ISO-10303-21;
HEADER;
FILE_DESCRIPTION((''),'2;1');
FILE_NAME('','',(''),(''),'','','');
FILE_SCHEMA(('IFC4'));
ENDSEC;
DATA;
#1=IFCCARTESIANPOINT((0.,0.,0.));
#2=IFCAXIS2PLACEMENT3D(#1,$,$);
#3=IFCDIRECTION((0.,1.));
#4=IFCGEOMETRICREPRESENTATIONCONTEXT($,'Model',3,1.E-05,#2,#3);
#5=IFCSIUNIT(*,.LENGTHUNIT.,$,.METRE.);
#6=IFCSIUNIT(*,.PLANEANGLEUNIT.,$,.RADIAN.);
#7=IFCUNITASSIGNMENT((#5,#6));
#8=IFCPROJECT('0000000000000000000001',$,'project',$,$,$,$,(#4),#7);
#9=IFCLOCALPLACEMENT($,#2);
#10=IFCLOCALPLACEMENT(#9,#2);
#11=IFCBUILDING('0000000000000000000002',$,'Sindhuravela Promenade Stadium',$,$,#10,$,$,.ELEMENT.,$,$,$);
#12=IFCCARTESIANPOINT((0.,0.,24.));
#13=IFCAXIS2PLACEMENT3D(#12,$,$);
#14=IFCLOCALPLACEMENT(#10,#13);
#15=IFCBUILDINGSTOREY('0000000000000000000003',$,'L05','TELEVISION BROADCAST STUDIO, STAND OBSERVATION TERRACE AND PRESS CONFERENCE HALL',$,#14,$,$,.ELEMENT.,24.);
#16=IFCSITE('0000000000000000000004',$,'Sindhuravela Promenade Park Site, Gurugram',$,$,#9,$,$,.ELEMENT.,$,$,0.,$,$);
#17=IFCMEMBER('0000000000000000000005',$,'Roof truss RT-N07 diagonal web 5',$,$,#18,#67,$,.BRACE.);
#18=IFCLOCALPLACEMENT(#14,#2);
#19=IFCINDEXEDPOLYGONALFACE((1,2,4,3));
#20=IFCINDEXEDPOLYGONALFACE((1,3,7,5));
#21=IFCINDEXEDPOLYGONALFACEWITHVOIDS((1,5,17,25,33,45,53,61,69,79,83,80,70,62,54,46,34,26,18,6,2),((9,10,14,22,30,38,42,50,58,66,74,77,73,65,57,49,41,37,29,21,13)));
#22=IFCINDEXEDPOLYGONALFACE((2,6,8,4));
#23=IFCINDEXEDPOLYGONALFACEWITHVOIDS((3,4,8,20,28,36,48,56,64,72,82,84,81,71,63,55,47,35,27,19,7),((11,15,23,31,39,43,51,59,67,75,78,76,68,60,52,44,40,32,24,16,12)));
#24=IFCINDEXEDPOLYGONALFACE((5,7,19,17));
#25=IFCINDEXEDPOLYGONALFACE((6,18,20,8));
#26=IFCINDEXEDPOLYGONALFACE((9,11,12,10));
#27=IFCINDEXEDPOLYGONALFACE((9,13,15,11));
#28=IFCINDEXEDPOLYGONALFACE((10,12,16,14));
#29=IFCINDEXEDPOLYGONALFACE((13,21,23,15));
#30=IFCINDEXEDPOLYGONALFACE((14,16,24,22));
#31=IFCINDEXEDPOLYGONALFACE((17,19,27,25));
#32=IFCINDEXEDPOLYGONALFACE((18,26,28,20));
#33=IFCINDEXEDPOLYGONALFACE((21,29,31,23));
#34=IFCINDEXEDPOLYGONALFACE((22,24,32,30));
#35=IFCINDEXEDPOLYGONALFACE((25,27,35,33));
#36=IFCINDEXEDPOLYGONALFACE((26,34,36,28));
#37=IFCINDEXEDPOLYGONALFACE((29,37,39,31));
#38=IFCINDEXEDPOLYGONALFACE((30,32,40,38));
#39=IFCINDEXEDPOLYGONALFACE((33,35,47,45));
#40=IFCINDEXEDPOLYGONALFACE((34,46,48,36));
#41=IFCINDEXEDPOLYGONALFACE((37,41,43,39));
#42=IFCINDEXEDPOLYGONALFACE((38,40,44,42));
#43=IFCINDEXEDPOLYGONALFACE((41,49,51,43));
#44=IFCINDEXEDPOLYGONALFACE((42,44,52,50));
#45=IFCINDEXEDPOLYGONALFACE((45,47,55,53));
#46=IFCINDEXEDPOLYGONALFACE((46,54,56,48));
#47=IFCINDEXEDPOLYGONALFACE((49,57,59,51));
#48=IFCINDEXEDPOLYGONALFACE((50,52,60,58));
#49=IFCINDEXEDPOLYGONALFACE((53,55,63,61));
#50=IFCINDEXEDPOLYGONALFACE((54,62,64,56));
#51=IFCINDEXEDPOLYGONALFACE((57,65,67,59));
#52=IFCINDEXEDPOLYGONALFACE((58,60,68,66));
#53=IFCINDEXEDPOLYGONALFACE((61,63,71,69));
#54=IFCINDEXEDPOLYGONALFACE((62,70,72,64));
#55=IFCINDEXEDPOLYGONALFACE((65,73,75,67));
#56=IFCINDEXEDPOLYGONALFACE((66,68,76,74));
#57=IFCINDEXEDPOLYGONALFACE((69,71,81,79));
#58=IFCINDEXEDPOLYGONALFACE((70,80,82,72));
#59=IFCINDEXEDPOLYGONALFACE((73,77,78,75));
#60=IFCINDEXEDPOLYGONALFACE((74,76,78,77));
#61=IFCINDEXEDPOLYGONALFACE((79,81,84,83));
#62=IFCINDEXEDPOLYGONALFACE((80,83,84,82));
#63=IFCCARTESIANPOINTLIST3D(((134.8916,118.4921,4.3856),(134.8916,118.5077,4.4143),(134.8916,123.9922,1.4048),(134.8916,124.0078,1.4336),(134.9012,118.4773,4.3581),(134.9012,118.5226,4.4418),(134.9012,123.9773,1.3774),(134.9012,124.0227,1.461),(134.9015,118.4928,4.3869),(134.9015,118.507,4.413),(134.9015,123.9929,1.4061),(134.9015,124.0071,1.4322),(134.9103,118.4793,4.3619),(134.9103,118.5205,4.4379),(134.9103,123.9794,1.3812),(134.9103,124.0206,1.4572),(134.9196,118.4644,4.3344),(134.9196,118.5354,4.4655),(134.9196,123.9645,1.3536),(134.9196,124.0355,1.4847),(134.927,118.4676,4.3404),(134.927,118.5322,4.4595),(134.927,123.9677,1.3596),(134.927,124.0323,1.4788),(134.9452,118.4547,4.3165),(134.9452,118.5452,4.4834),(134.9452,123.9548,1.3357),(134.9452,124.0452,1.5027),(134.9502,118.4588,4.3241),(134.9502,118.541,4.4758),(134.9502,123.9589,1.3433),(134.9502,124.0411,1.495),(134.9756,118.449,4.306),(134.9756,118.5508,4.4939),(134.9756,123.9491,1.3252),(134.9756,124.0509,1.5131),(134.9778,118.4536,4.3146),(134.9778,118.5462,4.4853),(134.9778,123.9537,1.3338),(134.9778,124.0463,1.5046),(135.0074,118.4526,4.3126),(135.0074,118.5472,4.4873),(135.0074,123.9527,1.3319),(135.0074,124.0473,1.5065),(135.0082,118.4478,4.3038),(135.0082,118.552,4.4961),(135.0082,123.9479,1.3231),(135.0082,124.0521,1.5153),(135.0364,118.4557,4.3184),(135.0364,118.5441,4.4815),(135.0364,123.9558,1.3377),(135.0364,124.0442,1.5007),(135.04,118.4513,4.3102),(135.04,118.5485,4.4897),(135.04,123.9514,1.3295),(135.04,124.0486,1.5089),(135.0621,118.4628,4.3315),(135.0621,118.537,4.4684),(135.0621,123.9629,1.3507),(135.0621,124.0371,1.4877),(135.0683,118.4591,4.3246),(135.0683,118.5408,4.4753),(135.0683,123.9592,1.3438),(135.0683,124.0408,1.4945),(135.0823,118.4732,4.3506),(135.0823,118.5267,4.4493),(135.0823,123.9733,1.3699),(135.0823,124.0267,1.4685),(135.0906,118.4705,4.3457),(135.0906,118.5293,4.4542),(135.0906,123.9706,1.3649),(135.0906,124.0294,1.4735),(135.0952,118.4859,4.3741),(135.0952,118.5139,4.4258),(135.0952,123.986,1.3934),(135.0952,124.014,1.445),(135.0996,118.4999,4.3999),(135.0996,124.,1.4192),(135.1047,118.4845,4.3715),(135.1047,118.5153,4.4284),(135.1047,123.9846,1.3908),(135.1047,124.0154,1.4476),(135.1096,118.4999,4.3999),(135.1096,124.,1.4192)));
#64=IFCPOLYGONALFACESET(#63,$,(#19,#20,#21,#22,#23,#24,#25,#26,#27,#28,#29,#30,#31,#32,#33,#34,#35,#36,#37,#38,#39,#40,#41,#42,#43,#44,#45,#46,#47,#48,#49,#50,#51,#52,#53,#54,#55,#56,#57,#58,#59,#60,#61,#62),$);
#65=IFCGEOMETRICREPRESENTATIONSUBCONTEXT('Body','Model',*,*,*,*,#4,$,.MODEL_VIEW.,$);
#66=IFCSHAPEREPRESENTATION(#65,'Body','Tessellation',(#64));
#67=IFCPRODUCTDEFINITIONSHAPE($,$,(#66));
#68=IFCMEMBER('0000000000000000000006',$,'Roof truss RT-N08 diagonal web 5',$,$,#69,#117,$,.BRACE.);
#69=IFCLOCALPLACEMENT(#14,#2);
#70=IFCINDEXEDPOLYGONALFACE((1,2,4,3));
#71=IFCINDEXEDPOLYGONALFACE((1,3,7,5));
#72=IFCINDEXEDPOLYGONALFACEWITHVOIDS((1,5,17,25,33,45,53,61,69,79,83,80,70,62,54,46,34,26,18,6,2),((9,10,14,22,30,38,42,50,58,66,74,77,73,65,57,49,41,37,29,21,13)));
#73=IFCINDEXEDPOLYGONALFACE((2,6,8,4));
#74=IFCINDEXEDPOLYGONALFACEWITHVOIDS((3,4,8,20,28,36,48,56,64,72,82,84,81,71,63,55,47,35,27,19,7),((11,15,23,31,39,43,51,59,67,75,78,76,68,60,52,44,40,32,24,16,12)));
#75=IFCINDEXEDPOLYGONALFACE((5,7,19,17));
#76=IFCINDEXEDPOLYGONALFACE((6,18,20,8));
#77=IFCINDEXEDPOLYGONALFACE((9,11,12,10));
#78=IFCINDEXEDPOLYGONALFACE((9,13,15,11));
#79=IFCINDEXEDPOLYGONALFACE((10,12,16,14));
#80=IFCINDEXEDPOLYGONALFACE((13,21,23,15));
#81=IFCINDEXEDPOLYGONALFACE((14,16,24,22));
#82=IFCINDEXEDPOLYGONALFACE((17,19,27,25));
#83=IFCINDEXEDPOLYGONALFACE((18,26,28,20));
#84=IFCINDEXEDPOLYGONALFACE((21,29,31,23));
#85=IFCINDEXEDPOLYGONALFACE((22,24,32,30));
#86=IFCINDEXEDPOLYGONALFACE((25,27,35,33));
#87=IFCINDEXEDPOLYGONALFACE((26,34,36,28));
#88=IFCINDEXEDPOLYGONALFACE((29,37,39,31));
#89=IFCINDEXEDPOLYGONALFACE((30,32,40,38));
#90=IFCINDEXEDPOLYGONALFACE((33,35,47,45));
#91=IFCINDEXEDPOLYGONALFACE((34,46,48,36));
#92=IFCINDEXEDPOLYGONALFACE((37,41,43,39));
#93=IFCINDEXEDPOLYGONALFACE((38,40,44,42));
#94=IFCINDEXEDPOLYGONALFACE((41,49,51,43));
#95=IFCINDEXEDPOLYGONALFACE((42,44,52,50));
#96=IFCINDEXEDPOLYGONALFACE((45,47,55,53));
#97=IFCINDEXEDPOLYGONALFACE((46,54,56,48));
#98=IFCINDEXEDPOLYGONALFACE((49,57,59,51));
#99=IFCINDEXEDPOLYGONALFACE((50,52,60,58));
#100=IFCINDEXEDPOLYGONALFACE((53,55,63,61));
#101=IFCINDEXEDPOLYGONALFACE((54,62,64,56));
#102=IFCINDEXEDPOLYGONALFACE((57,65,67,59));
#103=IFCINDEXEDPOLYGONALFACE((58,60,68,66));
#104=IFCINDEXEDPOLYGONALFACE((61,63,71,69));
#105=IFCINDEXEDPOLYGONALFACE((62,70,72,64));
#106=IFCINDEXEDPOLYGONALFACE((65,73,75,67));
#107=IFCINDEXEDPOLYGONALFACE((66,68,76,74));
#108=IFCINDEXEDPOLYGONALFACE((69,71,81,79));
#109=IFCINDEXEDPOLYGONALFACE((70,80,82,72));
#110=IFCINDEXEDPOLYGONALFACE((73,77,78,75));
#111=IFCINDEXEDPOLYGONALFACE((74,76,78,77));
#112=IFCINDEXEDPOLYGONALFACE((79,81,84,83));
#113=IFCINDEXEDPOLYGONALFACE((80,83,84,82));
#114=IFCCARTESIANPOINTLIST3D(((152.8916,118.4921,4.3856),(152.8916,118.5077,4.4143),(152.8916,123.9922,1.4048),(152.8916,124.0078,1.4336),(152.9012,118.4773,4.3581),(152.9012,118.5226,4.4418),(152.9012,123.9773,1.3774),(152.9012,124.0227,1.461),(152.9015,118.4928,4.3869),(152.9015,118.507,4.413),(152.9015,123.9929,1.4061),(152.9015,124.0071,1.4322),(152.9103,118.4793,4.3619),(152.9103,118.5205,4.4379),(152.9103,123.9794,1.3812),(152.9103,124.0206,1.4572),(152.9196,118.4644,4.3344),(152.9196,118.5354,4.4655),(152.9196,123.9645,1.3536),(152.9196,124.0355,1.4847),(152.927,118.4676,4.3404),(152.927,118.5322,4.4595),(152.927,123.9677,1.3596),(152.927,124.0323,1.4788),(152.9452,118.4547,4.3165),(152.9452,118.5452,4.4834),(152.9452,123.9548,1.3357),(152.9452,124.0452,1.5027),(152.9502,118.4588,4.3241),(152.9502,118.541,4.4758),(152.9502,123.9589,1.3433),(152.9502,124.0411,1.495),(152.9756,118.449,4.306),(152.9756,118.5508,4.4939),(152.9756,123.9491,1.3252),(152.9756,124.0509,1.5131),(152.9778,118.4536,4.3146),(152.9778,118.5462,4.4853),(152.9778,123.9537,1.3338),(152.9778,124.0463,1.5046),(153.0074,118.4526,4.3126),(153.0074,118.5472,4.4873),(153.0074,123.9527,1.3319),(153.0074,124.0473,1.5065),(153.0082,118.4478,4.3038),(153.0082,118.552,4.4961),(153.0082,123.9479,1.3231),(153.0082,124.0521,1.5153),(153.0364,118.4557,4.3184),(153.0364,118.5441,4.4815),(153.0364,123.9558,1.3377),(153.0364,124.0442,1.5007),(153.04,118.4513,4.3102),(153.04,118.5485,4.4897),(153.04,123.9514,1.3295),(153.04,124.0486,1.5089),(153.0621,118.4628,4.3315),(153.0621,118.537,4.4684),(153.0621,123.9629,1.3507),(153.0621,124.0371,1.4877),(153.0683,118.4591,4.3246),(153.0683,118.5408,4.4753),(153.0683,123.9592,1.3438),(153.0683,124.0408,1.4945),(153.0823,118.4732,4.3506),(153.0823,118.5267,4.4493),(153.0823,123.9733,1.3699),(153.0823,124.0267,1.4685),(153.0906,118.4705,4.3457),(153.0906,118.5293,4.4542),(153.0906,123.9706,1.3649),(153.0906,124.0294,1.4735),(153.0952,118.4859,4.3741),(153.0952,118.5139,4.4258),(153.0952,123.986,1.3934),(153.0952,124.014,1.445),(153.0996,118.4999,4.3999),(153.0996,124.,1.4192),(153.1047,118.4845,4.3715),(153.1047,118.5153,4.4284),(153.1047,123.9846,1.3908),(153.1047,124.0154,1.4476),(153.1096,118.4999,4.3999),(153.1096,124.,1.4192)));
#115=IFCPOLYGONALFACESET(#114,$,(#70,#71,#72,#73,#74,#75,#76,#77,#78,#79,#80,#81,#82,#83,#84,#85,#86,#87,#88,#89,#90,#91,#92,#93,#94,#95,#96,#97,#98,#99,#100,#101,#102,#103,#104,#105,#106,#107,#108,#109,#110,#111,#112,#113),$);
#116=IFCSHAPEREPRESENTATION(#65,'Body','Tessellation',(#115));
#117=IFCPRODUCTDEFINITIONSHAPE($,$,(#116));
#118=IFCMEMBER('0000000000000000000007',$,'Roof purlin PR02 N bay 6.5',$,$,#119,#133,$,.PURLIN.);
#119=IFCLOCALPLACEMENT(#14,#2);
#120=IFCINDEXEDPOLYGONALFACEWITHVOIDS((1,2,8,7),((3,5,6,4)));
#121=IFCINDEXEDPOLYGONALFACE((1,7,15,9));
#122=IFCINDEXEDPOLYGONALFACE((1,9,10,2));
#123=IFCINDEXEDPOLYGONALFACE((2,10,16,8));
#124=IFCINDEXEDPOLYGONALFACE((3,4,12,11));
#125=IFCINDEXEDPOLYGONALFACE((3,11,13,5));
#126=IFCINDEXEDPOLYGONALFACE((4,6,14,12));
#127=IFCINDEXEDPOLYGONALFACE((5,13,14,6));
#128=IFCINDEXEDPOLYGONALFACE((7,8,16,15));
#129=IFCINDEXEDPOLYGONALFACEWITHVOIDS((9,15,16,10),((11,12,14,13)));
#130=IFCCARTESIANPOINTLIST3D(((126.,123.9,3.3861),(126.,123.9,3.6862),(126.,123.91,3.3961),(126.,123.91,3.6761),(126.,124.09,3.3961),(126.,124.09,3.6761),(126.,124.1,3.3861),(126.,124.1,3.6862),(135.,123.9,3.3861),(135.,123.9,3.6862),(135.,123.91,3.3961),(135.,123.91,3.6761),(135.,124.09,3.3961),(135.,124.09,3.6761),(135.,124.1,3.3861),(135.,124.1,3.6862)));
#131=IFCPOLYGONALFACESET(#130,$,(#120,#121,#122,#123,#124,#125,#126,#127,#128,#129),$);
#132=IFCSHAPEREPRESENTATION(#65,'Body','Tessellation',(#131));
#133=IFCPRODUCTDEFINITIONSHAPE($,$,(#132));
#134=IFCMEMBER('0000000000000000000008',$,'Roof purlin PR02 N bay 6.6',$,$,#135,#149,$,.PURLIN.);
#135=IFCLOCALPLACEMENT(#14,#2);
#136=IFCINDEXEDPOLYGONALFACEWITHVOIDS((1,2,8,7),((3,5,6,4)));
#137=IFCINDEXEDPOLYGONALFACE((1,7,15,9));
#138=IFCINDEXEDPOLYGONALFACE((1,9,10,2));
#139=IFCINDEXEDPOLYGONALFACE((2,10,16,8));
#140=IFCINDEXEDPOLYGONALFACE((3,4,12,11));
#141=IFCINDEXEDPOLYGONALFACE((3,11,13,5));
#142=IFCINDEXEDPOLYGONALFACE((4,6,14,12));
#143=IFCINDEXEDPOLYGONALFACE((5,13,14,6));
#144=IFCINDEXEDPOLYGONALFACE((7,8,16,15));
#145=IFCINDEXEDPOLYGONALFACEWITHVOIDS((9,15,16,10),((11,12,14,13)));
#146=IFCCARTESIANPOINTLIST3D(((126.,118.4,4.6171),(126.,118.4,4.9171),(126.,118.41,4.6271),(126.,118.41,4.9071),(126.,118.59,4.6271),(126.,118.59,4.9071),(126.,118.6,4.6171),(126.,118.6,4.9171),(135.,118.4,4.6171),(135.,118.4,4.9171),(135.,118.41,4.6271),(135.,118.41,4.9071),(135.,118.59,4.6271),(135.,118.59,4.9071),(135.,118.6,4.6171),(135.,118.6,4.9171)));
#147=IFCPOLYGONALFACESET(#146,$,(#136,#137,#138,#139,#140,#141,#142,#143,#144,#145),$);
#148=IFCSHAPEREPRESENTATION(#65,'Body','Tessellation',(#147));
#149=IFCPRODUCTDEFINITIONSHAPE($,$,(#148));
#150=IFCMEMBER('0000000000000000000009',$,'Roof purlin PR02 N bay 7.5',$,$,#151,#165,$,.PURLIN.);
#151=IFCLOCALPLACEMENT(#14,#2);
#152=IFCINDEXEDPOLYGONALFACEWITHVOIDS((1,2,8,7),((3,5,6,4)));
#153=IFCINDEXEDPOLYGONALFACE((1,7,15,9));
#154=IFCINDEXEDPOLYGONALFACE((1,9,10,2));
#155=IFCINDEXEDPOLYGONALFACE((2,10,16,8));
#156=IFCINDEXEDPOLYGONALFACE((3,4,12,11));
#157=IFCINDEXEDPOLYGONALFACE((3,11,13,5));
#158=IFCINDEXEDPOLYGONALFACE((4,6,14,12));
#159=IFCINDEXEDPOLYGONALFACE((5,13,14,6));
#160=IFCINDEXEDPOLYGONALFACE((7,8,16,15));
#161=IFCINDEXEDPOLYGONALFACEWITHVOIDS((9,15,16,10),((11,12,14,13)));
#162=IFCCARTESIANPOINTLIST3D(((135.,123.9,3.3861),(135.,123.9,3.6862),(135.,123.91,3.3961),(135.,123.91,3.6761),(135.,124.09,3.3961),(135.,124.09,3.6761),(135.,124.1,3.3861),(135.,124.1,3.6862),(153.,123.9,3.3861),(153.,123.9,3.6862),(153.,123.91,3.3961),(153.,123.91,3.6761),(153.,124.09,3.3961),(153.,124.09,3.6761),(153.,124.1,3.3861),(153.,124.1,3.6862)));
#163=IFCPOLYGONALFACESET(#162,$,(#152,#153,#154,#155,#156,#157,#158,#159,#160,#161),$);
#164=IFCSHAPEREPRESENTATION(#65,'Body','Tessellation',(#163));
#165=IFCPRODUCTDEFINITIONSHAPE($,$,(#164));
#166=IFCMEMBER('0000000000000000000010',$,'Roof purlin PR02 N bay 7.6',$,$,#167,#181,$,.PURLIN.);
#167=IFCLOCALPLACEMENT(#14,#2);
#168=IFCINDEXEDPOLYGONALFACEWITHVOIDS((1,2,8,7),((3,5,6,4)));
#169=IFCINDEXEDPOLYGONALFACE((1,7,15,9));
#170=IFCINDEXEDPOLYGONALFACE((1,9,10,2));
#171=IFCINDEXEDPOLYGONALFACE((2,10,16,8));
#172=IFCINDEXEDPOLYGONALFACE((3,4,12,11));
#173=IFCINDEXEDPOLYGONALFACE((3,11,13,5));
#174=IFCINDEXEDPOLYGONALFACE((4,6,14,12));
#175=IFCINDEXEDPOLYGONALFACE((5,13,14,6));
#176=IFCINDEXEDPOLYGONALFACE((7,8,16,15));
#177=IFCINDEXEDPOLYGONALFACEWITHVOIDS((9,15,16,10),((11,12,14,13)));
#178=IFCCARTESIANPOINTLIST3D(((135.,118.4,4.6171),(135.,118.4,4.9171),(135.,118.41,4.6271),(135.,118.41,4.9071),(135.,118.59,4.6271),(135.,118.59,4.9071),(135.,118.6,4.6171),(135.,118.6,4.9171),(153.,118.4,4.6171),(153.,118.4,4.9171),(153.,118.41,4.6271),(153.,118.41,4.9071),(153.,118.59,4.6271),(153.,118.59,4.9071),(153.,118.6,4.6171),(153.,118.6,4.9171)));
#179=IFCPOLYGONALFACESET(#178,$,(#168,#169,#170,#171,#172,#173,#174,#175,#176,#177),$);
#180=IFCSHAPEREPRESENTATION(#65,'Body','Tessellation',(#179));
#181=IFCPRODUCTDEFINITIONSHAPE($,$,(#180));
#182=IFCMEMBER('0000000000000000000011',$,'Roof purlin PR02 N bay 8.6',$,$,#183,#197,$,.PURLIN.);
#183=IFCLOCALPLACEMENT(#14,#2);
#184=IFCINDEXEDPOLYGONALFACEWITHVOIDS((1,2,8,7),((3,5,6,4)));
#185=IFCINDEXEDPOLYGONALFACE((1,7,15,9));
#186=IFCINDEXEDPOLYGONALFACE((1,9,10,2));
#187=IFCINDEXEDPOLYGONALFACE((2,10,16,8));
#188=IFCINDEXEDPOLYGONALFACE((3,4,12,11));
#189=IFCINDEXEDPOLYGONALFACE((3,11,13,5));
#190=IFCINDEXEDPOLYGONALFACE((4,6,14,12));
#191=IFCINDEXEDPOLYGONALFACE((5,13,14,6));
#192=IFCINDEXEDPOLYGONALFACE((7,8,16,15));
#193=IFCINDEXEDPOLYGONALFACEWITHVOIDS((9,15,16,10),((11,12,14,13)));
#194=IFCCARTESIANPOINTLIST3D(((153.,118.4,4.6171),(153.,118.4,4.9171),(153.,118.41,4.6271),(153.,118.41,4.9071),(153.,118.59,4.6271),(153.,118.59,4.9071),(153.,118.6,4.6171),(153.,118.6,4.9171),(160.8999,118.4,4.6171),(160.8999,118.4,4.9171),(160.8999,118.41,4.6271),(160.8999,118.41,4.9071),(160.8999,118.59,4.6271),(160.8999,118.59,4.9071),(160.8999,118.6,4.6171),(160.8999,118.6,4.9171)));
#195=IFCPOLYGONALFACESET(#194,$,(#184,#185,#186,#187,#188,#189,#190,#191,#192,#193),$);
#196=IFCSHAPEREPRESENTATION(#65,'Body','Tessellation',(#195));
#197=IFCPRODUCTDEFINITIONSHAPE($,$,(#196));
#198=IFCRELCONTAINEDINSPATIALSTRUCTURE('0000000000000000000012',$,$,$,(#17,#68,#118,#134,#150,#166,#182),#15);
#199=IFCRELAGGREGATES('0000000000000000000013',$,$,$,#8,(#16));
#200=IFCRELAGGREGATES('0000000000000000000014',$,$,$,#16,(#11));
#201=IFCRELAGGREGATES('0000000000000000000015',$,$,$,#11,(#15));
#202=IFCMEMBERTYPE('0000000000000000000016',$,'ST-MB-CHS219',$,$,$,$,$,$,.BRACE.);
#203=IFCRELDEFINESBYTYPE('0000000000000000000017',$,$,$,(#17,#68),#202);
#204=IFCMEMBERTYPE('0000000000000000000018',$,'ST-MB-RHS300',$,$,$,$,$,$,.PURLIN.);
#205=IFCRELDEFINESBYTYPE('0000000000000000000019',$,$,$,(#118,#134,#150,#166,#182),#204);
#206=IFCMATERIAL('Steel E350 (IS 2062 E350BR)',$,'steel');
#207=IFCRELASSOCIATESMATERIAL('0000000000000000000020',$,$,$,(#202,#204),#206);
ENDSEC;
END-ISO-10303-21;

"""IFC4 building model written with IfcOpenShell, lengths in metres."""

from ifc_helpers import new_model, si_unit, direction, frame, origin, origin_2d, place, context, subcontext, project, spatial, hollow_rectangle, hollow_circle, extrude, material, material_profile, profile_set, type_object, element, save


model = new_model("IFC4")

# Units and contexts
model_context = context("Model", 3, precision=1e-05, world=origin(), true_north=direction((0.0, 1.0)))
body_context = subcontext(model_context, "Body", "Model", "MODEL_VIEW")
ifc_project = project(units=[si_unit("LENGTHUNIT", "METRE"), si_unit("PLANEANGLEUNIT", "RADIAN")], contexts=[model_context])

# Site, building, storey
site_placement = place(None, origin())
site = spatial("IfcSite", under=ifc_project, at=site_placement, Name="Sindhuravela Promenade Park Site, Gurugram", CompositionType="ELEMENT", RefElevation=0.0)
building_placement = place(site_placement, origin())
building = spatial("IfcBuilding", under=site, at=building_placement, Name="Sindhuravela Promenade Stadium", CompositionType="ELEMENT")
storey_placement = place(building_placement, frame((0.0, 0.0, 24.0)))
storey = spatial("IfcBuildingStorey", under=building, at=storey_placement, Name="L05", Description="TELEVISION BROADCAST STUDIO, STAND OBSERVATION TERRACE AND PRESS CONFERENCE HALL", CompositionType="ELEMENT", Elevation=24.0)

# Shared definitions
ifc_material_1 = material(Name="Steel E350 (IS 2062 E350BR)", Category="steel")

# Members
ifc_material_profile_1 = material_profile(ifc_material_1, hollow_circle(Radius=0.1096, WallThickness=0.01, at=origin_2d()), Name="CHS 219.1x10")
ifc_profile_set_1 = profile_set([ifc_material_profile_1], Name="Steel E350 (IS 2062 E350BR)")
member_type_1 = type_object("IfcMemberType", Name="ST-MB-CHS219", PredefinedType="BRACE", material=ifc_profile_set_1)
for number, where, z_axis, x_axis, name in (
    (1, (135.0, 124.0, 1.4192), (0.0, -0.879188, 0.476474), (1.0, 0.0, 0.0), "Roof truss RT-N07 diagonal web 5"),
    (2, (153.0, 124.0, 1.4192), (0.0, -0.879188, 0.476474), (1.0, 0.0, 0.0), "Roof truss RT-N08 diagonal web 5"),
):
    element("IfcMember", number, at=place(storey_placement, frame(where, z_axis=z_axis, x_axis=x_axis)), inside=storey, type_object=member_type_1, Name=name, PredefinedType="BRACE", context=body_context, shape_type="SweptSolid", body=[
        extrude(hollow_circle(Radius=0.1096, WallThickness=0.01, at=origin_2d()), origin(), (0.0, 0.0, 1.0), 6.2559),
    ])
ifc_material_profile_2 = material_profile(ifc_material_1, hollow_rectangle(XDim=0.2, YDim=0.3, WallThickness=0.01, at=origin_2d()), Name="RHS 300x200x10")
ifc_profile_set_2 = profile_set([ifc_material_profile_2], Name="Steel E350 (IS 2062 E350BR)")
member_type_2 = type_object("IfcMemberType", Name="ST-MB-RHS300", PredefinedType="PURLIN", material=ifc_profile_set_2)
for number, where, z_axis, x_axis, name in (
    (3, (126.0, 124.0, 3.5361), (1.0, 0.0, 0.0), (0.0, 1.0, 0.0), "Roof purlin PR02 N bay 6.5"),
    (4, (126.0, 118.5, 4.7671), (1.0, 0.0, 0.0), (0.0, 1.0, 0.0), "Roof purlin PR02 N bay 6.6"),
):
    element("IfcMember", number, at=place(storey_placement, frame(where, z_axis=z_axis, x_axis=x_axis)), inside=storey, type_object=member_type_2, Name=name, PredefinedType="PURLIN", context=body_context, shape_type="SweptSolid", body=[
        extrude(hollow_rectangle(XDim=0.2, YDim=0.3, WallThickness=0.01, at=origin_2d()), origin(), (0.0, 0.0, 1.0), 9.0),
    ])
for number, where, z_axis, x_axis, name in (
    (5, (135.0, 124.0, 3.5361), (1.0, 0.0, 0.0), (0.0, 1.0, 0.0), "Roof purlin PR02 N bay 7.5"),
    (6, (135.0, 118.5, 4.7671), (1.0, 0.0, 0.0), (0.0, 1.0, 0.0), "Roof purlin PR02 N bay 7.6"),
):
    element("IfcMember", number, at=place(storey_placement, frame(where, z_axis=z_axis, x_axis=x_axis)), inside=storey, type_object=member_type_2, Name=name, PredefinedType="PURLIN", context=body_context, shape_type="SweptSolid", body=[
        extrude(hollow_rectangle(XDim=0.2, YDim=0.3, WallThickness=0.01, at=origin_2d()), origin(), (0.0, 0.0, 1.0), 18.0),
    ])
member_1_placement = place(storey_placement, frame((153.0, 118.5, 4.7671), z_axis=(1.0, 0.0, 0.0), x_axis=(0.0, 1.0, 0.0)))
element("IfcMember", 7, at=member_1_placement, inside=storey, type_object=member_type_2, Name="Roof purlin PR02 N bay 8.6", PredefinedType="PURLIN", context=body_context, shape_type="SweptSolid", body=[
    extrude(hollow_rectangle(XDim=0.2, YDim=0.3, WallThickness=0.01, at=origin_2d()), origin(), (0.0, 0.0, 1.0), 7.8999),
])

save(model, "model.ifc")
